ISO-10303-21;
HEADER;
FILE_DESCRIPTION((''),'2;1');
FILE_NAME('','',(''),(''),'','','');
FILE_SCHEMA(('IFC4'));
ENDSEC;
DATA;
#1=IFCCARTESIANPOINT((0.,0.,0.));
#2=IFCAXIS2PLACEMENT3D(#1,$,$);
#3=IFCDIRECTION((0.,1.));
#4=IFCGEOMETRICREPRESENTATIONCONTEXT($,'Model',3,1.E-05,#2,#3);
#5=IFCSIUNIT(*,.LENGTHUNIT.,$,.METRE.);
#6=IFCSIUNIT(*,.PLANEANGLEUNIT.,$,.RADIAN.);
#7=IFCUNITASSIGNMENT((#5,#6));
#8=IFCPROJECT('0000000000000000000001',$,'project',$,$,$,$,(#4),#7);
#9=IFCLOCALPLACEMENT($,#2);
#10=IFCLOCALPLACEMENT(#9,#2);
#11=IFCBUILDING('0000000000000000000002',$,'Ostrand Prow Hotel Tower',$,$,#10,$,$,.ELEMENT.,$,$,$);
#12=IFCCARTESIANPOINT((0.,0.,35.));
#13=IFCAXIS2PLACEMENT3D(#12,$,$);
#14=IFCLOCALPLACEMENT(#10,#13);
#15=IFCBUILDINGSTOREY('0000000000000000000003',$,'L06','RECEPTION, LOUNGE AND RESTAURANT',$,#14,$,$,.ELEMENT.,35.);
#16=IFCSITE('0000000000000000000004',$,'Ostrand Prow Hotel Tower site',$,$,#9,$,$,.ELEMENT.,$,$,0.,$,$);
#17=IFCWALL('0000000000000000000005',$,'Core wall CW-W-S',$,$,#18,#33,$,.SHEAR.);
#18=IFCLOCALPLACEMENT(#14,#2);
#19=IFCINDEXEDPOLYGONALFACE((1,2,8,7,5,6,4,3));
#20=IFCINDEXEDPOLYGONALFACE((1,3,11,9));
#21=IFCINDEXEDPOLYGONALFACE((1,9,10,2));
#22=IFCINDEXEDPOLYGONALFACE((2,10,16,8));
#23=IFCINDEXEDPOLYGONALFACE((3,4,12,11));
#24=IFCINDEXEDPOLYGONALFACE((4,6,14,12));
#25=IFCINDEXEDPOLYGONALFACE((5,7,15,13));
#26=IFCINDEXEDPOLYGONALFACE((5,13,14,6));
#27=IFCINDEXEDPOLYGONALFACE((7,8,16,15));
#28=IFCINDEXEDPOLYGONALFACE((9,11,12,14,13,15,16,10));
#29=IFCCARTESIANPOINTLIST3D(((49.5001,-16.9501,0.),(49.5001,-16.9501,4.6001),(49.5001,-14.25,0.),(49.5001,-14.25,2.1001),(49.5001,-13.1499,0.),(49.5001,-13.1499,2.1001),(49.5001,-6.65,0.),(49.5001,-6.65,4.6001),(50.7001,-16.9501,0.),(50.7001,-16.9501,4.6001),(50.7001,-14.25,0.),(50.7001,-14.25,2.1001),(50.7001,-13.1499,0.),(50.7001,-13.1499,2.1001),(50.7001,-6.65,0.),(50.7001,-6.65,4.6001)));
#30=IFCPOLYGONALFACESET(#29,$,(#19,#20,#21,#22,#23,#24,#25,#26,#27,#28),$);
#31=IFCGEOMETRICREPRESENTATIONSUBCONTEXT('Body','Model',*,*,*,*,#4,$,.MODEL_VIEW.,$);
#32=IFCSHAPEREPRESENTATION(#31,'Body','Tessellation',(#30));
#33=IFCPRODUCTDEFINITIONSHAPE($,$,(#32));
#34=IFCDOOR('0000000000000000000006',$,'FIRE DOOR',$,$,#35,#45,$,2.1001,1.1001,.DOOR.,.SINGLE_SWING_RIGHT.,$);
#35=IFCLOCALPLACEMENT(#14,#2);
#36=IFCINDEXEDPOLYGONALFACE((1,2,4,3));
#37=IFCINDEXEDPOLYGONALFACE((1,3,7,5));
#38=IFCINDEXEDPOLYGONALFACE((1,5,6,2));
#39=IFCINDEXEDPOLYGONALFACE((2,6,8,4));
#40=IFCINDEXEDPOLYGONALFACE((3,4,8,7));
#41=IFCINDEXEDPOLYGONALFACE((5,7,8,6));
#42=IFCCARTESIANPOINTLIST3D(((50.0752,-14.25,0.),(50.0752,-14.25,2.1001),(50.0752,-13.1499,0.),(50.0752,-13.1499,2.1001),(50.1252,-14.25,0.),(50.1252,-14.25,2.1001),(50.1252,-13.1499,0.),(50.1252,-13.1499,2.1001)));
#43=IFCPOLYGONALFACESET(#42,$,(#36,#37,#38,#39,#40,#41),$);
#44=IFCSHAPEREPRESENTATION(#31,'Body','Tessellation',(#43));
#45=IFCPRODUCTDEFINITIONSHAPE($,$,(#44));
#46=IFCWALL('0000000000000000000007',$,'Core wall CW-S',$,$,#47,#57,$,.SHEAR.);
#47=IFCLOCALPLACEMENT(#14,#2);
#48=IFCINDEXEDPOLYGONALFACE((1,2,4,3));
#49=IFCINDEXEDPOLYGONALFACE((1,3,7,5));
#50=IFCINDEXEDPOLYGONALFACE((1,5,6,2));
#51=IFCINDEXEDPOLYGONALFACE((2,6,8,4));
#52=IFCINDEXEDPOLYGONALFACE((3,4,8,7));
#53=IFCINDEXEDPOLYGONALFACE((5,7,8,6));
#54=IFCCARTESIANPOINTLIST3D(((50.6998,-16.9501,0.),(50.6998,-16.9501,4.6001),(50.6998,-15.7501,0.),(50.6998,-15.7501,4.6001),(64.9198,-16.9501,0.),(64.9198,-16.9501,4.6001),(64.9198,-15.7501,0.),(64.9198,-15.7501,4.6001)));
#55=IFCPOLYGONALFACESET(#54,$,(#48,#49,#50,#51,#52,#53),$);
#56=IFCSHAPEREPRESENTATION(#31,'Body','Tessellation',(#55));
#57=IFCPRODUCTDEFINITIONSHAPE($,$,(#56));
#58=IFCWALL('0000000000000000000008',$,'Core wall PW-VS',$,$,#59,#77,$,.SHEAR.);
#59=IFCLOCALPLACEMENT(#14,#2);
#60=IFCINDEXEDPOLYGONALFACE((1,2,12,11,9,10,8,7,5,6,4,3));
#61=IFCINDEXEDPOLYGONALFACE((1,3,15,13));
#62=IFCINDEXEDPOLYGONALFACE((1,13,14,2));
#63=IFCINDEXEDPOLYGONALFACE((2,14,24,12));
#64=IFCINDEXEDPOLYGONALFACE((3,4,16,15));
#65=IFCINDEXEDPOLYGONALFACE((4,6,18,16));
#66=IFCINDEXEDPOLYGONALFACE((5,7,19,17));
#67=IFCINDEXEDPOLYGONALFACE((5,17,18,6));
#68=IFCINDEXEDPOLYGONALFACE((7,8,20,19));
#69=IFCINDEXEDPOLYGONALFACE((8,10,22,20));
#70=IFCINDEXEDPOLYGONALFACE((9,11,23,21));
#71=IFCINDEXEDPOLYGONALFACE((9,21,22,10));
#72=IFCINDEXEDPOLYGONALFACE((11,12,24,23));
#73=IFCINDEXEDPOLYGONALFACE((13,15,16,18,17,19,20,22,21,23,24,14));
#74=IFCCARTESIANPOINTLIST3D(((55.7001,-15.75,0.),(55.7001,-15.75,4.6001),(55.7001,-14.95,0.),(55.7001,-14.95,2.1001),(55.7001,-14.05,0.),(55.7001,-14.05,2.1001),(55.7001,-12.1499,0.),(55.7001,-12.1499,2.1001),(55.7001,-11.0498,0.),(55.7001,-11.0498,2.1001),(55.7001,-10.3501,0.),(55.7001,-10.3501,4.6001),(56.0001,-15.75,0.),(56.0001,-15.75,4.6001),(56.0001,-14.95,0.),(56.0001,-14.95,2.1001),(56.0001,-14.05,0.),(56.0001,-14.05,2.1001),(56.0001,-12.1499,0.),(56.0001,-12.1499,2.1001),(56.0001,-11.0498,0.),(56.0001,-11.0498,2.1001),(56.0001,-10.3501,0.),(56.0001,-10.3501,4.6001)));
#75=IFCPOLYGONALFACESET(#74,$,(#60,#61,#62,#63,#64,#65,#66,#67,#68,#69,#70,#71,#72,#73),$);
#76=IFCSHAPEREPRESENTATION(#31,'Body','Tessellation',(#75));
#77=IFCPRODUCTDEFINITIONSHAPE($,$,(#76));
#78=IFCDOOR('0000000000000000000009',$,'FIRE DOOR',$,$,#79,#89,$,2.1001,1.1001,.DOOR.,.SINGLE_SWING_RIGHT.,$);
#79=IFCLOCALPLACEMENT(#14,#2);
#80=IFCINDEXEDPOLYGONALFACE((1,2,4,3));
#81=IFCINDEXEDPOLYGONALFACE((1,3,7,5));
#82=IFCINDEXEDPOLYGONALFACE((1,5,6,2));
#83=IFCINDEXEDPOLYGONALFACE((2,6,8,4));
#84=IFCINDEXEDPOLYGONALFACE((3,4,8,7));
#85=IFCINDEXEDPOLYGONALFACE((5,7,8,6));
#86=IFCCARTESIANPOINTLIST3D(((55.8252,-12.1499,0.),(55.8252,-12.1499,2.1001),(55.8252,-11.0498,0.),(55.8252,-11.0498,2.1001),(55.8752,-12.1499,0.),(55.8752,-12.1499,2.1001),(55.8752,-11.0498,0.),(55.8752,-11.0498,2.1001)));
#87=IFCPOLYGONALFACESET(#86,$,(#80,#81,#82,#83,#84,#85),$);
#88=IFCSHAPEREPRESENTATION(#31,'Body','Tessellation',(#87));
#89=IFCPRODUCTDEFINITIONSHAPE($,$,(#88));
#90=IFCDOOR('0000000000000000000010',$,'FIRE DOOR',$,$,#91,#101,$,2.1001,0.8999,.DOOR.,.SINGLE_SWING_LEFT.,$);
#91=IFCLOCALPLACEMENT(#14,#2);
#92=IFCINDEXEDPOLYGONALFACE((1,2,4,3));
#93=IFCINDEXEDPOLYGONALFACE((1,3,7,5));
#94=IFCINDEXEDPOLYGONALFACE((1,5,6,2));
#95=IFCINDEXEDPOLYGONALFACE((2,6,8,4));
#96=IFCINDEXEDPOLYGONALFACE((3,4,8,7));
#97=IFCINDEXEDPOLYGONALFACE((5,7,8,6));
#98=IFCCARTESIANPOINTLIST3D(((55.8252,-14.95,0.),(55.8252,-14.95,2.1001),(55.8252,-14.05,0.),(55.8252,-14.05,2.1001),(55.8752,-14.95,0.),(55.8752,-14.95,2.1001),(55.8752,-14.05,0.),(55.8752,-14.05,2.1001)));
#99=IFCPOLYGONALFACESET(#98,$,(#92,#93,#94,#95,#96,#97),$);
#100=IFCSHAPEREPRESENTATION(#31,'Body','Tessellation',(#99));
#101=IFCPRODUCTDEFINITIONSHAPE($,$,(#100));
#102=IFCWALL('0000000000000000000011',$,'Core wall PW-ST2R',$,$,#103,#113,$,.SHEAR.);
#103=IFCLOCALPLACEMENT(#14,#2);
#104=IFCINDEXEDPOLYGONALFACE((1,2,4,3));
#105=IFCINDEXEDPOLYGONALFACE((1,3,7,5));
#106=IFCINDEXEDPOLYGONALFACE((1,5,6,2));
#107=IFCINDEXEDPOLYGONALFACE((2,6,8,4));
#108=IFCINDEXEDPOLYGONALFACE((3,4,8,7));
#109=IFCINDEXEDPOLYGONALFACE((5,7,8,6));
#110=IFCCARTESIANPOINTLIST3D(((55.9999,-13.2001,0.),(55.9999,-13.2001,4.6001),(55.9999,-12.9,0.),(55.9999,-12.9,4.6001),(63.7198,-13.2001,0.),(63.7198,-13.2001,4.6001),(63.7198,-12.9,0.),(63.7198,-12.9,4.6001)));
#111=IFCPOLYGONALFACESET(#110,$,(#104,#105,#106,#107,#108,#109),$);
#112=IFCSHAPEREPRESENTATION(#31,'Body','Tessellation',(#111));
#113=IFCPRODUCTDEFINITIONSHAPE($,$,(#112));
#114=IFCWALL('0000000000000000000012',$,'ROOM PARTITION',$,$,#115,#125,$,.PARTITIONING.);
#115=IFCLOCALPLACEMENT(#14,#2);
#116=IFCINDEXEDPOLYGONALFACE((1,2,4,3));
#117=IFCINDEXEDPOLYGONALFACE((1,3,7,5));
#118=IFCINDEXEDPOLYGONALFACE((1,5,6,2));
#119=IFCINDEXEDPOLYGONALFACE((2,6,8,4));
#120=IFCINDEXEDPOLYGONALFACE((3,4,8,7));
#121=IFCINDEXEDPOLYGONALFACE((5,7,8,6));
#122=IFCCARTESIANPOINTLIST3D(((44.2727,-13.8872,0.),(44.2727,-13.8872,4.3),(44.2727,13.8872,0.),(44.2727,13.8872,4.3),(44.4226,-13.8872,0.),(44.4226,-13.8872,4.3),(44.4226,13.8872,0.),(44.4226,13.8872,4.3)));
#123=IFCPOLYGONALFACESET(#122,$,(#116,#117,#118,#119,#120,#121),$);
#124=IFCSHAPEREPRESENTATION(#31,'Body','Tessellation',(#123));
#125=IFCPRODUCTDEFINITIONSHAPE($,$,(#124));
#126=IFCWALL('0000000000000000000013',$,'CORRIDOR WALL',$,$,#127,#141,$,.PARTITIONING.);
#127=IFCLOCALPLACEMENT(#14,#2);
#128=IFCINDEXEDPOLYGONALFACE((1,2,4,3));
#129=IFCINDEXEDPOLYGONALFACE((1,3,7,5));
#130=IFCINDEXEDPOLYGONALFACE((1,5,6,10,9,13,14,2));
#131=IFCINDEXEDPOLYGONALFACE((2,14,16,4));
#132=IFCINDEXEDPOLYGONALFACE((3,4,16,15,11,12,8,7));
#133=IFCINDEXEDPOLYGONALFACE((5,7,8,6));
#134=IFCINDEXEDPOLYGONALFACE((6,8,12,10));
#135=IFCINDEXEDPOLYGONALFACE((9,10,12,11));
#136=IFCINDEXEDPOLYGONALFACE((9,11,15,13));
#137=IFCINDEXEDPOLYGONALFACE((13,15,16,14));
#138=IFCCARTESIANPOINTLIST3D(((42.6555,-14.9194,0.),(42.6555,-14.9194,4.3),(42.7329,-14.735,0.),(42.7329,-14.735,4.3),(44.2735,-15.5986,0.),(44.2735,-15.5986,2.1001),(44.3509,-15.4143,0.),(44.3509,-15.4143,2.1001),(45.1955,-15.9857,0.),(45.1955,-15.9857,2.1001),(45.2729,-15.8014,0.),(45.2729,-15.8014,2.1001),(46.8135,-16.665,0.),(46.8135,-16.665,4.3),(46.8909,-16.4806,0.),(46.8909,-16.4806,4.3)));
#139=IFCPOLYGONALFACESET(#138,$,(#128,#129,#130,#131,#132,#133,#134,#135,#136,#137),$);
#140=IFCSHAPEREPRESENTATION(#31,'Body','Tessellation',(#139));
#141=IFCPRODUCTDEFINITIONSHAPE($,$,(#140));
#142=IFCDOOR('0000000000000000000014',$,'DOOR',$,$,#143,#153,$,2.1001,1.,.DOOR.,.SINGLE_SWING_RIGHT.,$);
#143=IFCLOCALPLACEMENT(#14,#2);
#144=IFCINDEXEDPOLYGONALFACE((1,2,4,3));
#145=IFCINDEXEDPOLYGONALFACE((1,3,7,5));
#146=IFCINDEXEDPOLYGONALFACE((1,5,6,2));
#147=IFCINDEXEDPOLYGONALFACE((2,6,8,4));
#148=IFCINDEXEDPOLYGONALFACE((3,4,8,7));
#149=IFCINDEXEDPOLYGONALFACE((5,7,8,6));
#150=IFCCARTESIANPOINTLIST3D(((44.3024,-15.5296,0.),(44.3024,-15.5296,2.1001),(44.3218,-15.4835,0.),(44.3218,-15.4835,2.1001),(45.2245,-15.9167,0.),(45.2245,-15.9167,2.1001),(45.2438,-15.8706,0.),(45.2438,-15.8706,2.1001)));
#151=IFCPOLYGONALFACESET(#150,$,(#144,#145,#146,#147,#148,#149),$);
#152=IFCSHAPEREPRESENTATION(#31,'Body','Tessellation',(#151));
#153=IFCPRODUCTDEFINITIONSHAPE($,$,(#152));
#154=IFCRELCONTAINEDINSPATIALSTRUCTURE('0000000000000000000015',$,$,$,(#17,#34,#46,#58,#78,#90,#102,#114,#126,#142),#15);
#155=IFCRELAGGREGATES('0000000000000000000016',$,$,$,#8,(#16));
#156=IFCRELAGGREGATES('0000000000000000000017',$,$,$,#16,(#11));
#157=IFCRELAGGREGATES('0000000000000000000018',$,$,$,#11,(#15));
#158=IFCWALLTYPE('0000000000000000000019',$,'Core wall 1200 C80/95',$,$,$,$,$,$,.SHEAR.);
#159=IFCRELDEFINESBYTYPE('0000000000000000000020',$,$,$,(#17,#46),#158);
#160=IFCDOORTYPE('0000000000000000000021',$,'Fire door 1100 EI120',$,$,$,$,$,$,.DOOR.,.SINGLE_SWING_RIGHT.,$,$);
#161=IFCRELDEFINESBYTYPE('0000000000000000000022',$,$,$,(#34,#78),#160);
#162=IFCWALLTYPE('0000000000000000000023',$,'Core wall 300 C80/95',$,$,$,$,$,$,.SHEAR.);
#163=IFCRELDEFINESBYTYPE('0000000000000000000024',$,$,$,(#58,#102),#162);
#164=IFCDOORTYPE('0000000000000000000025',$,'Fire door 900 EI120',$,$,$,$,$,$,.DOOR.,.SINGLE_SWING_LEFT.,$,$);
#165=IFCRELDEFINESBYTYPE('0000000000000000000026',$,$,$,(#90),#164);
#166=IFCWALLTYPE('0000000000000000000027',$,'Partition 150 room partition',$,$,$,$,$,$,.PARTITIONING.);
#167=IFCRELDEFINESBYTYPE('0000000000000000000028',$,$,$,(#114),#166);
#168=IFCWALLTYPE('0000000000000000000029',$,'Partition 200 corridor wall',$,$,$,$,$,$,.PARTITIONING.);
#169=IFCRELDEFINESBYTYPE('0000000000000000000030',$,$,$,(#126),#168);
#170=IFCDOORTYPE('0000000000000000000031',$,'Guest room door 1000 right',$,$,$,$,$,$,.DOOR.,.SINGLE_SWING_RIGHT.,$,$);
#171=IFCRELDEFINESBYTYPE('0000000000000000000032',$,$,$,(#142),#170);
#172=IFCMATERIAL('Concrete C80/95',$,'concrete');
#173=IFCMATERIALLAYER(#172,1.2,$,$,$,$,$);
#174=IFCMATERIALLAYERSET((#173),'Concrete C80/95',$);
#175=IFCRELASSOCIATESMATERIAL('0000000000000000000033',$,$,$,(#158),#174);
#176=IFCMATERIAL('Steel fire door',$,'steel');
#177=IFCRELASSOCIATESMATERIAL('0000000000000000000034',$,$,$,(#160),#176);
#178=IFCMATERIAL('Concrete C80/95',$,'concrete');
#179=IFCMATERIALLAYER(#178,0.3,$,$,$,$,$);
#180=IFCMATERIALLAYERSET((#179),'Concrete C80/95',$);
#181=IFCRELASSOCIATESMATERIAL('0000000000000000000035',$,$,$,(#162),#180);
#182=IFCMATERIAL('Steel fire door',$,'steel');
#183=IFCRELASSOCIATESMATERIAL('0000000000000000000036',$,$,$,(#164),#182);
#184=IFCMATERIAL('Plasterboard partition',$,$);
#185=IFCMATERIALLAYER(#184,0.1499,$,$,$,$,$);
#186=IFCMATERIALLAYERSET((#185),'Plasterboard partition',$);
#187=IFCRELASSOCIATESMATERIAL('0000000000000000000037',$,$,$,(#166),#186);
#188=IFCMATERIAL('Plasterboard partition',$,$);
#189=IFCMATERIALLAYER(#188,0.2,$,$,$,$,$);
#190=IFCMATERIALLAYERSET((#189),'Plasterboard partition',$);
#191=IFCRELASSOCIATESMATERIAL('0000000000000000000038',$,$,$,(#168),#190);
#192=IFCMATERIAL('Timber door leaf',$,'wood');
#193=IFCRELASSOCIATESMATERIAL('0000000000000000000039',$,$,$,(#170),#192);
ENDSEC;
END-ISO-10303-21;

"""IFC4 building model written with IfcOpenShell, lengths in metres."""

from ifc_helpers import new_model, si_unit, direction, frame, frame_2d, origin, place, context, subcontext, project, spatial, rectangle, extrude, material, layer, layer_set, type_object, element, fill, save


model = new_model("IFC4")

# Units and contexts
model_context = context("Model", 3, precision=1e-05, world=origin(), true_north=direction((0.0, 1.0)))
body_context = subcontext(model_context, "Body", "Model", "MODEL_VIEW")
ifc_project = project(units=[si_unit("LENGTHUNIT", "METRE"), si_unit("PLANEANGLEUNIT", "RADIAN")], contexts=[model_context])

# Site, building, storey
site_placement = place(None, origin())
site = spatial("IfcSite", under=ifc_project, at=site_placement, Name="Ostrand Prow Hotel Tower site", CompositionType="ELEMENT", RefElevation=0.0)
building_placement = place(site_placement, origin())
building = spatial("IfcBuilding", under=site, at=building_placement, Name="Ostrand Prow Hotel Tower", CompositionType="ELEMENT")
storey_placement = place(building_placement, frame((0.0, 0.0, 35.0)))
storey = spatial("IfcBuildingStorey", under=building, at=storey_placement, Name="L06", Description="RECEPTION, LOUNGE AND RESTAURANT", CompositionType="ELEMENT", Elevation=35.0)

# Wall, opening, door
ifc_material_1 = material(Name="Concrete C80/95", Category="concrete")
ifc_layer_1 = layer(ifc_material_1, 1.2)
ifc_layer_set_1 = layer_set([ifc_layer_1], Name="Concrete C80/95")
wall_type_1 = type_object("IfcWallType", Name="Core wall 1200 C80/95", PredefinedType="SHEAR", material=ifc_layer_set_1)
wall_1_placement = place(storey_placement, frame((50.1001, -16.95, 0.0), z_axis=(0.0, 0.0, 1.0), x_axis=(0.0, 1.0, 0.0)))
wall_1 = element("IfcWall", 1, at=wall_1_placement, inside=storey, type_object=wall_type_1, Name="Core wall CW-W-S", PredefinedType="SHEAR", context=body_context, shape_type="SweptSolid", body=[
    extrude(rectangle(XDim=10.3, YDim=1.2, at=frame_2d((5.1499, 0.0))), origin(), (0.0, 0.0, 1.0), 4.6001),
])
opening_1_placement = place(wall_1_placement, frame((2.7, 0.0, 0.0)))
opening_1 = element("IfcOpeningElement", 2, at=opening_1_placement, cuts=wall_1, PredefinedType="OPENING", context=body_context, shape_type="SweptSolid", body=[
    extrude(rectangle(XDim=1.1001, YDim=2.1001, at=frame_2d((0.55, 1.05))), frame((0.0, 0.6099, 0.0), z_axis=(0.0, -1.0, 0.0), x_axis=(1.0, 0.0, 0.0)), (0.0, 0.0, 1.0), 1.22),
])
ifc_material_2 = material(Name="Steel fire door", Category="steel")
door_type_1 = type_object("IfcDoorType", Name="Fire door 1100 EI120", OperationType="SINGLE_SWING_RIGHT", PredefinedType="DOOR", material=ifc_material_2)
door_1_placement = place(opening_1_placement, origin())
door_1 = element("IfcDoor", 3, at=door_1_placement, inside=storey, type_object=door_type_1, Name="FIRE DOOR", OperationType="SINGLE_SWING_RIGHT", OverallHeight=2.1001, OverallWidth=1.1001, PredefinedType="DOOR", context=body_context, shape_type="SweptSolid", body=[
    extrude(rectangle(XDim=1.1001, YDim=2.1001, at=frame_2d((0.55, 1.05))), frame((0.0, 0.0249, 0.0), z_axis=(0.0, -1.0, 0.0), x_axis=(1.0, 0.0, 0.0)), (0.0, 0.0, 1.0), 0.05),
])
fill(opening_1, door_1)

# Wall
wall_2_placement = place(storey_placement, frame((50.7, -16.3501, 0.0), z_axis=(0.0, 0.0, 1.0), x_axis=(1.0, 0.0, 0.0)))
element("IfcWall", 4, at=wall_2_placement, inside=storey, type_object=wall_type_1, Name="Core wall CW-S", PredefinedType="SHEAR", context=body_context, shape_type="SweptSolid", body=[
    extrude(rectangle(XDim=14.22, YDim=1.2, at=frame_2d((7.1099, 0.0))), origin(), (0.0, 0.0, 1.0), 4.6001),
])

# Wall, openings, doors
ifc_material_3 = material(Name="Concrete C80/95", Category="concrete")
ifc_layer_2 = layer(ifc_material_3, 0.3)
ifc_layer_set_2 = layer_set([ifc_layer_2], Name="Concrete C80/95")
wall_type_2 = type_object("IfcWallType", Name="Core wall 300 C80/95", PredefinedType="SHEAR", material=ifc_layer_set_2)
wall_3_placement = place(storey_placement, frame((55.8501, -15.75, 0.0), z_axis=(0.0, 0.0, 1.0), x_axis=(0.0, 1.0, 0.0)))
wall_3 = element("IfcWall", 5, at=wall_3_placement, inside=storey, type_object=wall_type_2, Name="Core wall PW-VS", PredefinedType="SHEAR", context=body_context, shape_type="SweptSolid", body=[
    extrude(rectangle(XDim=5.3999, YDim=0.3, at=frame_2d((2.7, 0.0))), origin(), (0.0, 0.0, 1.0), 4.6001),
])
opening_2_placement = place(wall_3_placement, frame((3.6001, 0.0, 0.0)))
opening_2 = element("IfcOpeningElement", 6, at=opening_2_placement, cuts=wall_3, PredefinedType="OPENING", context=body_context, shape_type="SweptSolid", body=[
    extrude(rectangle(XDim=1.1001, YDim=2.1001, at=frame_2d((0.55, 1.05))), frame((0.0, 0.1599, 0.0), z_axis=(0.0, -1.0, 0.0), x_axis=(1.0, 0.0, 0.0)), (0.0, 0.0, 1.0), 0.3201),
])
opening_3_placement = place(wall_3_placement, frame((0.8, 0.0, 0.0)))
opening_3 = element("IfcOpeningElement", 7, at=opening_3_placement, cuts=wall_3, PredefinedType="OPENING", context=body_context, shape_type="SweptSolid", body=[
    extrude(rectangle(XDim=0.8999, YDim=2.1001, at=frame_2d((0.45, 1.05))), frame((0.0, 0.1599, 0.0), z_axis=(0.0, -1.0, 0.0), x_axis=(1.0, 0.0, 0.0)), (0.0, 0.0, 1.0), 0.3201),
])
door_2_placement = place(opening_2_placement, origin())
door_2 = element("IfcDoor", 8, at=door_2_placement, inside=storey, type_object=door_type_1, Name="FIRE DOOR", OperationType="SINGLE_SWING_RIGHT", OverallHeight=2.1001, OverallWidth=1.1001, PredefinedType="DOOR", context=body_context, shape_type="SweptSolid", body=[
    extrude(rectangle(XDim=1.1001, YDim=2.1001, at=frame_2d((0.55, 1.05))), frame((0.0, 0.0249, 0.0), z_axis=(0.0, -1.0, 0.0), x_axis=(1.0, 0.0, 0.0)), (0.0, 0.0, 1.0), 0.05),
])
fill(opening_2, door_2)
ifc_material_4 = material(Name="Steel fire door", Category="steel")
door_type_2 = type_object("IfcDoorType", Name="Fire door 900 EI120", OperationType="SINGLE_SWING_LEFT", PredefinedType="DOOR", material=ifc_material_4)
door_3_placement = place(opening_3_placement, origin())
door_3 = element("IfcDoor", 9, at=door_3_placement, inside=storey, type_object=door_type_2, Name="FIRE DOOR", OperationType="SINGLE_SWING_LEFT", OverallHeight=2.1001, OverallWidth=0.8999, PredefinedType="DOOR", context=body_context, shape_type="SweptSolid", body=[
    extrude(rectangle(XDim=0.8999, YDim=2.1001, at=frame_2d((0.45, 1.05))), frame((0.0, 0.0249, 0.0), z_axis=(0.0, -1.0, 0.0), x_axis=(1.0, 0.0, 0.0)), (0.0, 0.0, 1.0), 0.05),
])
fill(opening_3, door_3)

# Walls
wall_4_placement = place(storey_placement, frame((56.0, -13.05, 0.0), z_axis=(0.0, 0.0, 1.0), x_axis=(1.0, 0.0, 0.0)))
element("IfcWall", 10, at=wall_4_placement, inside=storey, type_object=wall_type_2, Name="Core wall PW-ST2R", PredefinedType="SHEAR", context=body_context, shape_type="SweptSolid", body=[
    extrude(rectangle(XDim=7.72, YDim=0.3, at=frame_2d((3.8599, 0.0))), origin(), (0.0, 0.0, 1.0), 4.6001),
])
ifc_material_5 = material(Name="Plasterboard partition")
ifc_layer_3 = layer(ifc_material_5, 0.1499)
ifc_layer_set_3 = layer_set([ifc_layer_3], Name="Plasterboard partition")
wall_type_3 = type_object("IfcWallType", Name="Partition 150 room partition", PredefinedType="PARTITIONING", material=ifc_layer_set_3)
wall_5_placement = place(storey_placement, frame((44.3477, -13.8872, 0.0), z_axis=(0.0, 0.0, 1.0), x_axis=(0.0, 1.0, 0.0)))
element("IfcWall", 11, at=wall_5_placement, inside=storey, type_object=wall_type_3, Name="ROOM PARTITION", PredefinedType="PARTITIONING", context=body_context, shape_type="SweptSolid", body=[
    extrude(rectangle(XDim=27.7744, YDim=0.1499, at=frame_2d((13.8872, 0.0))), origin(), (0.0, 0.0, 1.0), 4.3),
])

# Wall, opening, door
ifc_material_6 = material(Name="Plasterboard partition")
ifc_layer_4 = layer(ifc_material_6, 0.2)
ifc_layer_set_4 = layer_set([ifc_layer_4], Name="Plasterboard partition")
wall_type_4 = type_object("IfcWallType", Name="Partition 200 corridor wall", PredefinedType="PARTITIONING", material=ifc_layer_set_4)
wall_6_placement = place(storey_placement, frame((42.6941, -14.8271, 0.0), z_axis=(0.0, 0.0, 1.0), x_axis=(0.92204, -0.387093, 0.0)))
wall_6 = element("IfcWall", 12, at=wall_6_placement, inside=storey, type_object=wall_type_4, Name="CORRIDOR WALL", PredefinedType="PARTITIONING", context=body_context, shape_type="SweptSolid", body=[
    extrude(rectangle(XDim=4.5095, YDim=0.2, at=frame_2d((2.2549, 0.0))), origin(), (0.0, 0.0, 1.0), 4.3),
])
opening_4_placement = place(wall_6_placement, frame((1.7549, 0.0, 0.0)))
opening_4 = element("IfcOpeningElement", 13, at=opening_4_placement, cuts=wall_6, PredefinedType="OPENING", context=body_context, shape_type="SweptSolid", body=[
    extrude(rectangle(XDim=1.0, YDim=2.1001, at=frame_2d((0.5, 1.05))), frame((0.0, 0.1099, 0.0), z_axis=(0.0, -1.0, 0.0), x_axis=(1.0, 0.0, 0.0)), (0.0, 0.0, 1.0), 0.22),
])
ifc_material_7 = material(Name="Timber door leaf", Category="wood")
door_type_3 = type_object("IfcDoorType", Name="Guest room door 1000 right", OperationType="SINGLE_SWING_RIGHT", PredefinedType="DOOR", material=ifc_material_7)
door_4_placement = place(opening_4_placement, origin())
door_4 = element("IfcDoor", 14, at=door_4_placement, inside=storey, type_object=door_type_3, Name="DOOR", OperationType="SINGLE_SWING_RIGHT", OverallHeight=2.1001, OverallWidth=1.0, PredefinedType="DOOR", context=body_context, shape_type="SweptSolid", body=[
    extrude(rectangle(XDim=1.0, YDim=2.1001, at=frame_2d((0.5, 1.05))), frame((0.0, 0.0249, 0.0), z_axis=(0.0, -1.0, 0.0), x_axis=(1.0, 0.0, 0.0)), (0.0, 0.0, 1.0), 0.05),
])
fill(opening_4, door_4)

save(model, "model.ifc")
